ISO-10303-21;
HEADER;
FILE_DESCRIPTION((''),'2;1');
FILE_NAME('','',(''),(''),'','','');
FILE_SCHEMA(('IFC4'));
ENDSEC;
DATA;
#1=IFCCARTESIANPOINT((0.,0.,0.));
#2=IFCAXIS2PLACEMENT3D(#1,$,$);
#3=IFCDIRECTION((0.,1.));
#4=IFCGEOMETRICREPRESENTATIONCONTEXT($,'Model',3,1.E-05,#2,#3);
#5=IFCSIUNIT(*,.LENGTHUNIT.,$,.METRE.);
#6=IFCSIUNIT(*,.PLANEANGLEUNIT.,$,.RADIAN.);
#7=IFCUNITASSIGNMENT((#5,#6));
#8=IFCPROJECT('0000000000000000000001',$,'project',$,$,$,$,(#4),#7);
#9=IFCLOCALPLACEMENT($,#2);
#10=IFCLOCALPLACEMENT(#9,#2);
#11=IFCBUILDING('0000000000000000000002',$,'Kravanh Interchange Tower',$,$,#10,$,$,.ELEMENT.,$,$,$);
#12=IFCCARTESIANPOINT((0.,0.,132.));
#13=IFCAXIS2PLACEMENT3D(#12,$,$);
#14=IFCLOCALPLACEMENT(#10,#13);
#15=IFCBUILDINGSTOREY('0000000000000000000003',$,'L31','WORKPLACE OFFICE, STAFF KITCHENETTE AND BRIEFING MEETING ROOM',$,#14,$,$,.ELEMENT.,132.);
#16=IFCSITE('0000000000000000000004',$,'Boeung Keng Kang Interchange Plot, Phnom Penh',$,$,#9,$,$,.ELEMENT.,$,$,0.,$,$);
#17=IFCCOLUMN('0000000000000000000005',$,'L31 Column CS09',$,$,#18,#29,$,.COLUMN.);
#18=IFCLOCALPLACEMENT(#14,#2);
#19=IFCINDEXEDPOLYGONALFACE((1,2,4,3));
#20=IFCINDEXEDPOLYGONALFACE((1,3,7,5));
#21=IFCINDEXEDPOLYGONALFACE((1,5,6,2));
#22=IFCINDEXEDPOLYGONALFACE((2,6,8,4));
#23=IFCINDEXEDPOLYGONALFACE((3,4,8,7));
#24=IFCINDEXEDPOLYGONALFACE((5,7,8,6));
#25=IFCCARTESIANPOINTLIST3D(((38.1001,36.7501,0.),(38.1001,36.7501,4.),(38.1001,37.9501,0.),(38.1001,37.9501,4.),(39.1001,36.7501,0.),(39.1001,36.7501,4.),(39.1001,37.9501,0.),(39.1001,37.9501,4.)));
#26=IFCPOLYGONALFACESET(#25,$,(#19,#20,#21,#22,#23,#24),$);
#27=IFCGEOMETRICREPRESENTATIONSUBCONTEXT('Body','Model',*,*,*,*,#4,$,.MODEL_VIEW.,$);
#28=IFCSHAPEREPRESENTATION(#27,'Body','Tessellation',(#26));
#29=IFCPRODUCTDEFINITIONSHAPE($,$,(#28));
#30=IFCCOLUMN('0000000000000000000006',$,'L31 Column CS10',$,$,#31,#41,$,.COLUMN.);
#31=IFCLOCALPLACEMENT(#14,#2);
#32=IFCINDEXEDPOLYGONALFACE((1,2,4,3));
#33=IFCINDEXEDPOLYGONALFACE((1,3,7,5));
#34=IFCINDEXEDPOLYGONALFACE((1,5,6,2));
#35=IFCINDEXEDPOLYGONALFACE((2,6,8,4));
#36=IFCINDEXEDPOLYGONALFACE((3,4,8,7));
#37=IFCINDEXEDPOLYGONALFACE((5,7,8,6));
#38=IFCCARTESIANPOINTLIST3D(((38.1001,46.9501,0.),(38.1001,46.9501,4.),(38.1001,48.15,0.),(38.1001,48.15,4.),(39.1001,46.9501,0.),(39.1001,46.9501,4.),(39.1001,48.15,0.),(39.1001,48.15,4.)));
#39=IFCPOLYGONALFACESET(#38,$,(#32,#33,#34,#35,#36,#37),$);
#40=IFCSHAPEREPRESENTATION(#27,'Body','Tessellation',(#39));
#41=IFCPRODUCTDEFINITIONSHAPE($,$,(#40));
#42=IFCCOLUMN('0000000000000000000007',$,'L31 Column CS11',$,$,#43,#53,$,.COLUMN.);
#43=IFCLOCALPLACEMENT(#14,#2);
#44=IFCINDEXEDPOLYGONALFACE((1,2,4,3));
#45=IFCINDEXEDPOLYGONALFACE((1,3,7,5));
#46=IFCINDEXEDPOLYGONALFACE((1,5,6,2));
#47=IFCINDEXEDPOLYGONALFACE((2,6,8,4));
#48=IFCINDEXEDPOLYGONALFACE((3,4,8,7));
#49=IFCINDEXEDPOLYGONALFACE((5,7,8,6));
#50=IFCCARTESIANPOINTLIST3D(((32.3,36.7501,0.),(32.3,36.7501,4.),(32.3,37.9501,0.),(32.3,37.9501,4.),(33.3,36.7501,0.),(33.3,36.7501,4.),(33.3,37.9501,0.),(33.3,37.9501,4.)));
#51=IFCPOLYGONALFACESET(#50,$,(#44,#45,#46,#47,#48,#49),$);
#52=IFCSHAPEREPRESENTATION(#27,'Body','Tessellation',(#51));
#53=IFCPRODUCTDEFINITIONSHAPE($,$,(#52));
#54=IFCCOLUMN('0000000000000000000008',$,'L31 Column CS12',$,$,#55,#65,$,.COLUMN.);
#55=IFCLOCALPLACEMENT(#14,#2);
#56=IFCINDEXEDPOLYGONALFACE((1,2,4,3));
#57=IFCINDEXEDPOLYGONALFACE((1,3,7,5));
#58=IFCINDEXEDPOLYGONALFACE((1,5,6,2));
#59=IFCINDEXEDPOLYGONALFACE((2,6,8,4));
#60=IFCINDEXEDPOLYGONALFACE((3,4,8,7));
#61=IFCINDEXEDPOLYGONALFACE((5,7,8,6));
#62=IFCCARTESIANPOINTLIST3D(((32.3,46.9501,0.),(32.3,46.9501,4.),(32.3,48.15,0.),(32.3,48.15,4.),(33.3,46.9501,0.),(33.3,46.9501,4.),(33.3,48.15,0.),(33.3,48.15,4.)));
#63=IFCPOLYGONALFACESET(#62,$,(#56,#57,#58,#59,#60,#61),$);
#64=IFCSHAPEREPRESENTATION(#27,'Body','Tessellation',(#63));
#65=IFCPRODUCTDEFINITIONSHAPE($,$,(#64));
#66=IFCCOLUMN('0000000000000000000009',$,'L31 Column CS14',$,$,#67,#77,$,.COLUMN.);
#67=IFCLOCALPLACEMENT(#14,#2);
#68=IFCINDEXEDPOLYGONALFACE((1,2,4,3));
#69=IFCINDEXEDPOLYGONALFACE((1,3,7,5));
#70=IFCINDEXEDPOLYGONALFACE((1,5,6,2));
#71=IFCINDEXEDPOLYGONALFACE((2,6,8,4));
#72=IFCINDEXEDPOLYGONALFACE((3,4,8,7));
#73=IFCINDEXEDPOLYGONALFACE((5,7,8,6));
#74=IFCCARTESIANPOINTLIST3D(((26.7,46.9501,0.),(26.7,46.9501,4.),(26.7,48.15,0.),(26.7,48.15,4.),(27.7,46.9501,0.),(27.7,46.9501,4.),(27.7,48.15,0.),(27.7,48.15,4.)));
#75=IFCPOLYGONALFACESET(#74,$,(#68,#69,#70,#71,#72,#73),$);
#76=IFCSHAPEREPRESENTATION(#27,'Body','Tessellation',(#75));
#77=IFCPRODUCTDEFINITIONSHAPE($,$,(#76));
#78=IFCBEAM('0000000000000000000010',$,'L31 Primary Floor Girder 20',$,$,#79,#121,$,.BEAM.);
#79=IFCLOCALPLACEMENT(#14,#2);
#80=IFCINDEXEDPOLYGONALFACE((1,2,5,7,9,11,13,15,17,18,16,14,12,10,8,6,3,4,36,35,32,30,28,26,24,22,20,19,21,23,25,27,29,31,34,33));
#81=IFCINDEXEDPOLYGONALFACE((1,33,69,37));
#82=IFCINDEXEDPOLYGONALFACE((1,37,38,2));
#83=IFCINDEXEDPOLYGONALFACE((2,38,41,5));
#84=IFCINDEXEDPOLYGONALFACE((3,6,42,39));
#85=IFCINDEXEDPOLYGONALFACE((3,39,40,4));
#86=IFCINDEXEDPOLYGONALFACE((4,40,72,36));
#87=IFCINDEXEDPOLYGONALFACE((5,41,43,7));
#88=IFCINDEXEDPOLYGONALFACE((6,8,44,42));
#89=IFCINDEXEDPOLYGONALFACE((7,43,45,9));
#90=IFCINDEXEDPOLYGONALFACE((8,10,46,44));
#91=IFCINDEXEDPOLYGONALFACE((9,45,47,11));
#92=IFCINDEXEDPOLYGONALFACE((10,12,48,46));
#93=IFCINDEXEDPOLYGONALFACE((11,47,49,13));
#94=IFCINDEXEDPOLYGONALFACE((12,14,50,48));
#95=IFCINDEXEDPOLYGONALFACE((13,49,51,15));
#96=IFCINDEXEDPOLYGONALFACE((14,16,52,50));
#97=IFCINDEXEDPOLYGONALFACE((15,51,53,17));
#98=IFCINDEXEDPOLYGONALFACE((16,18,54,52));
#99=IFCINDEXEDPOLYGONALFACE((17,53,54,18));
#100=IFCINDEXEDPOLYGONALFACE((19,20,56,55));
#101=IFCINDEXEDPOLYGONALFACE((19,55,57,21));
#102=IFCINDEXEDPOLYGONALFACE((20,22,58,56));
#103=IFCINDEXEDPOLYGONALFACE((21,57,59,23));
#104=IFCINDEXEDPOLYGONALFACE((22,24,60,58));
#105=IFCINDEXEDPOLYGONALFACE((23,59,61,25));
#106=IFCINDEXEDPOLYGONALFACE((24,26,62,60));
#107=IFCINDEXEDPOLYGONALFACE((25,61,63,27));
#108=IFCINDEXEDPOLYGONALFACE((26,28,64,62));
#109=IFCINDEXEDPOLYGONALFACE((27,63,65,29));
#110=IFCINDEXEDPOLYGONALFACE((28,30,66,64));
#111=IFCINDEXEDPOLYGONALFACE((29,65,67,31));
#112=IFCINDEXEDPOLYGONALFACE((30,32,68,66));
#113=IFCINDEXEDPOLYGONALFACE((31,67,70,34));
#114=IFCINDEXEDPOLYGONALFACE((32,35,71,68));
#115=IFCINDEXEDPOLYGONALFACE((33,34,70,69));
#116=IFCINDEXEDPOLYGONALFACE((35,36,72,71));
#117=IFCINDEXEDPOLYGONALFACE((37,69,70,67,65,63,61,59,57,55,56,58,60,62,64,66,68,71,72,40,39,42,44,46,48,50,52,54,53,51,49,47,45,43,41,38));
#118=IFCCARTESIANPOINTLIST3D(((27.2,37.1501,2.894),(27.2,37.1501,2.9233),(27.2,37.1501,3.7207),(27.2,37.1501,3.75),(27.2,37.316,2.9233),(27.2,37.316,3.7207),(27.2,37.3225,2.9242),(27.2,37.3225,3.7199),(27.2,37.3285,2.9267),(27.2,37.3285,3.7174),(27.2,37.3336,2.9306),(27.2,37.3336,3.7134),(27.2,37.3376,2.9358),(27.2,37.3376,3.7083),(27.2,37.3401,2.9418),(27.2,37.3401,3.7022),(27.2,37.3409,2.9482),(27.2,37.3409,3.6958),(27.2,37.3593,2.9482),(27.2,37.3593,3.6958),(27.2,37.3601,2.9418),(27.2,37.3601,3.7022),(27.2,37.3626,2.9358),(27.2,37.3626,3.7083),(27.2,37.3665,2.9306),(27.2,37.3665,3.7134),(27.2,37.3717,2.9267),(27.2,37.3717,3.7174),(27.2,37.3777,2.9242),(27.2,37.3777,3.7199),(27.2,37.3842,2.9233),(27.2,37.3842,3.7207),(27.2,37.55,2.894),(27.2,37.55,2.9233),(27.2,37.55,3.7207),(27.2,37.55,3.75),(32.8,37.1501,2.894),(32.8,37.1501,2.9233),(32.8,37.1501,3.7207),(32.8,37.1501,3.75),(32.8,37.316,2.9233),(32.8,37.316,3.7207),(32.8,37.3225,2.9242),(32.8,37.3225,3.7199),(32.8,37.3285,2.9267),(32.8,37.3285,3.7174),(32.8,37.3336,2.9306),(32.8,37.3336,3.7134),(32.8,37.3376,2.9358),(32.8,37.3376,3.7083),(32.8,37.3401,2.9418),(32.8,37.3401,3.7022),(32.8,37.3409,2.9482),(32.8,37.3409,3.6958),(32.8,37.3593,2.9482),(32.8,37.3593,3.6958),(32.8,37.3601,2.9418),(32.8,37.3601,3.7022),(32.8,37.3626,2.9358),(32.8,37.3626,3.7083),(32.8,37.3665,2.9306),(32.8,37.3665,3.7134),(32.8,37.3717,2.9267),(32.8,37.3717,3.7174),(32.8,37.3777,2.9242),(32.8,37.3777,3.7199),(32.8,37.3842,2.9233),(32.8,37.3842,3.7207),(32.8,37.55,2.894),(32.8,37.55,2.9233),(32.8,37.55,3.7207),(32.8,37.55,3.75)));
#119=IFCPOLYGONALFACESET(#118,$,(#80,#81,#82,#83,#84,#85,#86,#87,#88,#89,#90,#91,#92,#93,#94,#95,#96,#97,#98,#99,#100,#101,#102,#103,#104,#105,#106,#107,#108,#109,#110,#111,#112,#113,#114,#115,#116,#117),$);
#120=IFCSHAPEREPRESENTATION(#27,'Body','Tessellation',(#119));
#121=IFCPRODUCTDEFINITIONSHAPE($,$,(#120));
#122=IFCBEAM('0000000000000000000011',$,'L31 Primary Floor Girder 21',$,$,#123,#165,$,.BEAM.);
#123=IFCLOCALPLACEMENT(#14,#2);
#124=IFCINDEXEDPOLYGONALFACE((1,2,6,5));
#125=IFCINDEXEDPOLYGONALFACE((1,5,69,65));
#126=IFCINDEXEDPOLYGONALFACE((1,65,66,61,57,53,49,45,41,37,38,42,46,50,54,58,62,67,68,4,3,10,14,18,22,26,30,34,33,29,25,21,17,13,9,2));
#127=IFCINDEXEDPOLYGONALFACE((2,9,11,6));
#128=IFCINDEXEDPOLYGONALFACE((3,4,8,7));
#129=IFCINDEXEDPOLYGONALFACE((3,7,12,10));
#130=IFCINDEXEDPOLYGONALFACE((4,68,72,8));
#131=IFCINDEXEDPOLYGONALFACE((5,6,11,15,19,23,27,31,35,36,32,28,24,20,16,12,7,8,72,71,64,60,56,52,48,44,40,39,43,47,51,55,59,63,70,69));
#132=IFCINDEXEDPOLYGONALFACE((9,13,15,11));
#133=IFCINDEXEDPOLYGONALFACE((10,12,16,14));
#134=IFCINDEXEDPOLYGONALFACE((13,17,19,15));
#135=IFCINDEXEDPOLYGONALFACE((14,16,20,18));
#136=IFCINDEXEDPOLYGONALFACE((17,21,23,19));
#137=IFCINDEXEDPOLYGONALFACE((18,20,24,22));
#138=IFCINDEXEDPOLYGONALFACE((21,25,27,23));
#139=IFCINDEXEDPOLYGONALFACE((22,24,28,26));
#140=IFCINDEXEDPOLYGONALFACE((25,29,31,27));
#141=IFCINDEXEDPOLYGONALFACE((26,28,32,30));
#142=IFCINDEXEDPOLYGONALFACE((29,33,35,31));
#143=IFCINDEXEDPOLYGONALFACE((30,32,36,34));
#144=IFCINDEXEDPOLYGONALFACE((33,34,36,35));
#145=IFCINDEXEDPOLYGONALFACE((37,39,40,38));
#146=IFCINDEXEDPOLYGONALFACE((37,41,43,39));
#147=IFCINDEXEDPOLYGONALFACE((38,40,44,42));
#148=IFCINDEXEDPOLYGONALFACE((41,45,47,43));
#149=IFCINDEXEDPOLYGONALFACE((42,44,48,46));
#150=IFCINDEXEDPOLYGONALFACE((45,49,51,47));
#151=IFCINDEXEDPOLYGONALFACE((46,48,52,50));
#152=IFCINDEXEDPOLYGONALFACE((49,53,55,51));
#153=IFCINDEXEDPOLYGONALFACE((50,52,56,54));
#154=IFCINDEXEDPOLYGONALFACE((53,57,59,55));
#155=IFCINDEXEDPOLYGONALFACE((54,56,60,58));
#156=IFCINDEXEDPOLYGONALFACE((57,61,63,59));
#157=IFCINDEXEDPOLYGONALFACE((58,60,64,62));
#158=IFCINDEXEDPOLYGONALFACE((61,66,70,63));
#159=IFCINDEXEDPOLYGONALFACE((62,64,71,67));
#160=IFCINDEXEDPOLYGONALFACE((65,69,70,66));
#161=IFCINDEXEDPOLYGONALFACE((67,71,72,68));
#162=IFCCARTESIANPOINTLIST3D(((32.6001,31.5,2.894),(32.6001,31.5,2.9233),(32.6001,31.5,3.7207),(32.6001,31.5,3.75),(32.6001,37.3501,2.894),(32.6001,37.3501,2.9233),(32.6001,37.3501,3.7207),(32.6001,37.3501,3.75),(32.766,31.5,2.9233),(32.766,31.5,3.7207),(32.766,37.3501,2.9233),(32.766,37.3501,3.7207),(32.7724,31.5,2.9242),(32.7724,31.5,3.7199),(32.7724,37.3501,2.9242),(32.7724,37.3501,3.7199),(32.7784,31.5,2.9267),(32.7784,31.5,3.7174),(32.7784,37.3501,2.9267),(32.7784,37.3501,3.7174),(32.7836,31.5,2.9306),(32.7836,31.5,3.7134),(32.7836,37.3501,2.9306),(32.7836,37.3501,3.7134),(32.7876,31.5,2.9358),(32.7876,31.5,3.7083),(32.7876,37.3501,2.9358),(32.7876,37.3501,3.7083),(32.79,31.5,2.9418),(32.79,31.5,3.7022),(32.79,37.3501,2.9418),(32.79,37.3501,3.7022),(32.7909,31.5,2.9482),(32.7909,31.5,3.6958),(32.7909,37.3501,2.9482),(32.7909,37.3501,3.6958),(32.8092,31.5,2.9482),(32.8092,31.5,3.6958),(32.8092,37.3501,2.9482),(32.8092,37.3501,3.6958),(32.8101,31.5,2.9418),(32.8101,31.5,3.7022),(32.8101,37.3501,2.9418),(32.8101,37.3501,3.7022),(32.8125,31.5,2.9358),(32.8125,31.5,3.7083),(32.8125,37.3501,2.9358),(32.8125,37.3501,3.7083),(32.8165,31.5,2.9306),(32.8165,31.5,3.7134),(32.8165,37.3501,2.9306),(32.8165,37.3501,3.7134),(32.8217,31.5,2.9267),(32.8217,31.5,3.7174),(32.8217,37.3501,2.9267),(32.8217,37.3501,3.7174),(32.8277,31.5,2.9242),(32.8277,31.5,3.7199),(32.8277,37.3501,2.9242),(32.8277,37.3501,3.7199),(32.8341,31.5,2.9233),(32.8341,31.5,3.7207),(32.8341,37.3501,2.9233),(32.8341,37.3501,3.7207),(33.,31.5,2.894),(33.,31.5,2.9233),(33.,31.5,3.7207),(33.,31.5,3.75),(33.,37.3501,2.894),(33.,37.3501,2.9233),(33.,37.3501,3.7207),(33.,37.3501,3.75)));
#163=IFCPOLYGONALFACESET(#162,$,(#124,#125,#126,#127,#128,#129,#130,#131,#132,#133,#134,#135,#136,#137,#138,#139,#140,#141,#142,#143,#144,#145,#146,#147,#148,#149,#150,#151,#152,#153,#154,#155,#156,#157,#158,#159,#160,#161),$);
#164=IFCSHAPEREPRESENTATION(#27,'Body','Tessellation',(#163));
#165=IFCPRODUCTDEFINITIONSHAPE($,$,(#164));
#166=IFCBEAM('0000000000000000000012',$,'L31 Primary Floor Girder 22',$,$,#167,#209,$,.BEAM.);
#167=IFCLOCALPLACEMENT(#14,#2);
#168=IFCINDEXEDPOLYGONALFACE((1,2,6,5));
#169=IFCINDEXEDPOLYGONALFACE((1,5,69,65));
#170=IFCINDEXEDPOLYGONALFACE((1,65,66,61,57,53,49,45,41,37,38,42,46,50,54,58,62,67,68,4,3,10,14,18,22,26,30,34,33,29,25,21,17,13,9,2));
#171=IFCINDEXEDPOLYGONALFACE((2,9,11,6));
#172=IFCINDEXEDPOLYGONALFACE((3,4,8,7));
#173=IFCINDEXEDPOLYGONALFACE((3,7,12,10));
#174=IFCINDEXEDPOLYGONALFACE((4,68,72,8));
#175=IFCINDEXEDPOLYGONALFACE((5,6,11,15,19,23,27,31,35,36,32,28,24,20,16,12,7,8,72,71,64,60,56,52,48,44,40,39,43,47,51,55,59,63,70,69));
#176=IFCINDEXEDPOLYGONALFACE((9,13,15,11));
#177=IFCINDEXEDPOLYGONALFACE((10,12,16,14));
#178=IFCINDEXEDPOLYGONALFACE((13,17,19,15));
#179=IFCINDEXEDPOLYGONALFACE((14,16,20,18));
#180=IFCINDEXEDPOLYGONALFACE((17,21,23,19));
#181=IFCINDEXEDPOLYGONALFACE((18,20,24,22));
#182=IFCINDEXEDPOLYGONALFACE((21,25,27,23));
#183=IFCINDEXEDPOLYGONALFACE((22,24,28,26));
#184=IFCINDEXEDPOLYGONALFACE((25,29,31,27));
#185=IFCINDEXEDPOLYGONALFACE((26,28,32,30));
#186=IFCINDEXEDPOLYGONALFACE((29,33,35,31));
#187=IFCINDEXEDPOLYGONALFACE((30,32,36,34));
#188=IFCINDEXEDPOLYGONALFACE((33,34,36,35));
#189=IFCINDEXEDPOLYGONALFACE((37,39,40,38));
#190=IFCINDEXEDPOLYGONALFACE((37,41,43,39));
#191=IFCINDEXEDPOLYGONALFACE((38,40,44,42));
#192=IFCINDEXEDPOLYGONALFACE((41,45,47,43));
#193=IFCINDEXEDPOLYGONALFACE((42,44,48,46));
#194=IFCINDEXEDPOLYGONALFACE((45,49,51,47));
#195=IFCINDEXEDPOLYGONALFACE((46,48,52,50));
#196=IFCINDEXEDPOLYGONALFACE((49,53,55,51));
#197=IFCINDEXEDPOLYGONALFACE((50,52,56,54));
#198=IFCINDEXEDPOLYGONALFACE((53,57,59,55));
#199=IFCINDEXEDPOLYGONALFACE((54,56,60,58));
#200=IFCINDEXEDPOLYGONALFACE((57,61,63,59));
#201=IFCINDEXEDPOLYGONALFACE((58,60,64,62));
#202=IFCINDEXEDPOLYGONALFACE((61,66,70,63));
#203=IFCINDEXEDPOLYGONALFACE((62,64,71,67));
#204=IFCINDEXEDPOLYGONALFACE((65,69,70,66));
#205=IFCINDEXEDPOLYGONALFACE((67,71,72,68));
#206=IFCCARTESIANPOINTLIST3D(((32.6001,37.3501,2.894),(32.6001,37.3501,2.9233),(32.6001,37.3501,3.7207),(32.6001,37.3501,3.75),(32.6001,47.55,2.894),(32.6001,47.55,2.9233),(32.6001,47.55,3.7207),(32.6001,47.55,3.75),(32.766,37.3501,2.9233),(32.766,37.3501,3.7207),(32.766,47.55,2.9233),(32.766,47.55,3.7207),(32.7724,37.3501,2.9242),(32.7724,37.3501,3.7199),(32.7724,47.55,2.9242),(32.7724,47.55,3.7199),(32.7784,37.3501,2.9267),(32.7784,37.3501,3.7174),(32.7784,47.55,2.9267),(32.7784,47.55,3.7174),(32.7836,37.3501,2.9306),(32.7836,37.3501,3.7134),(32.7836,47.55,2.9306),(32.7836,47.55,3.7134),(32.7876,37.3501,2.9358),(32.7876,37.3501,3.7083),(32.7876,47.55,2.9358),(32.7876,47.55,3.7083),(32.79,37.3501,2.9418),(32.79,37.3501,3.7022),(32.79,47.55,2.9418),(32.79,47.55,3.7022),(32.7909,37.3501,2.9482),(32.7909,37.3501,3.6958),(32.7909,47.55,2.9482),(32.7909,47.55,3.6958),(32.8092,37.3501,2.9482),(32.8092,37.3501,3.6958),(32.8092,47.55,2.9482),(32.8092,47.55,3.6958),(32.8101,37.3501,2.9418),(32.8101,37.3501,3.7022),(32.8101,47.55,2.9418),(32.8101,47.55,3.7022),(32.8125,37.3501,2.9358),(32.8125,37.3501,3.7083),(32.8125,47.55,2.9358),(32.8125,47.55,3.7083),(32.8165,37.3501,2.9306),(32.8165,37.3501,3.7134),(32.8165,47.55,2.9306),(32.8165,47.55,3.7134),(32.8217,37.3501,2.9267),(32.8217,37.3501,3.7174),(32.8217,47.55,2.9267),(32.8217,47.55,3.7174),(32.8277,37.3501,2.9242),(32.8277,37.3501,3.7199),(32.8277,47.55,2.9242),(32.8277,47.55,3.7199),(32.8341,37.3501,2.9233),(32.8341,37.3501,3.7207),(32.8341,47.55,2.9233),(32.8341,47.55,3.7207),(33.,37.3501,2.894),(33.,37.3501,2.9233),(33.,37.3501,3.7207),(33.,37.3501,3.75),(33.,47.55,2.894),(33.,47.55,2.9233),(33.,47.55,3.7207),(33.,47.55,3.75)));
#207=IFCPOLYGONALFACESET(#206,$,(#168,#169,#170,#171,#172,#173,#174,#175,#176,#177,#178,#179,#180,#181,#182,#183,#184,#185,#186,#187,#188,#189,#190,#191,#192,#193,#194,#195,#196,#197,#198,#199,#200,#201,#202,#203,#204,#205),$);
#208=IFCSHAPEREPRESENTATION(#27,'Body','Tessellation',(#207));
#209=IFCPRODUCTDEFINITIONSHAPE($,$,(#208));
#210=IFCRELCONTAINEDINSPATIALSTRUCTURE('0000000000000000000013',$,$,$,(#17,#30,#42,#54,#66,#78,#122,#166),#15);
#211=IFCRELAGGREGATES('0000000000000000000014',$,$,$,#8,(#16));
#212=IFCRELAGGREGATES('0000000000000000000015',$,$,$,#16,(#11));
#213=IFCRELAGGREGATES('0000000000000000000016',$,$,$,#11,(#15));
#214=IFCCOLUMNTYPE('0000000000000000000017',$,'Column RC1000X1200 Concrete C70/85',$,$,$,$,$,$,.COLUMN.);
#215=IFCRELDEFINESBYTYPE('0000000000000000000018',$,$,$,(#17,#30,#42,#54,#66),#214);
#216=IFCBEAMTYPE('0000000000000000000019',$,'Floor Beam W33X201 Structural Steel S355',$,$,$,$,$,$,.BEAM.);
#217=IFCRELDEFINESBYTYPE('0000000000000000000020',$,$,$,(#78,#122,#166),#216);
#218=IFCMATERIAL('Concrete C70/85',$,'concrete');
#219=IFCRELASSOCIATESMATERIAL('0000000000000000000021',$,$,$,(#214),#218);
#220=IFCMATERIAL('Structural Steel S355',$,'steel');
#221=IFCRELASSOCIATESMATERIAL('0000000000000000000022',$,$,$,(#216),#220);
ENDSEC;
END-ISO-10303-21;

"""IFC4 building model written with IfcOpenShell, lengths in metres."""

from ifc_helpers import new_model, si_unit, direction, frame, origin, origin_2d, place, context, subcontext, project, spatial, rectangle, i_section, extrude, material, material_profile, profile_set, type_object, element, save


model = new_model("IFC4")

# Units and contexts
model_context = context("Model", 3, precision=1e-05, world=origin(), true_north=direction((0.0, 1.0)))
body_context = subcontext(model_context, "Body", "Model", "MODEL_VIEW")
ifc_project = project(units=[si_unit("LENGTHUNIT", "METRE"), si_unit("PLANEANGLEUNIT", "RADIAN")], contexts=[model_context])

# Site, building, storey
site_placement = place(None, origin())
site = spatial("IfcSite", under=ifc_project, at=site_placement, Name="Boeung Keng Kang Interchange Plot, Phnom Penh", CompositionType="ELEMENT", RefElevation=0.0)
building_placement = place(site_placement, origin())
building = spatial("IfcBuilding", under=site, at=building_placement, Name="Kravanh Interchange Tower", CompositionType="ELEMENT")
storey_placement = place(building_placement, frame((0.0, 0.0, 132.0)))
storey = spatial("IfcBuildingStorey", under=building, at=storey_placement, Name="L31", Description="WORKPLACE OFFICE, STAFF KITCHENETTE AND BRIEFING MEETING ROOM", CompositionType="ELEMENT", Elevation=132.0)

# Columns
ifc_material_1 = material(Name="Concrete C70/85", Category="concrete")
ifc_material_profile_1 = material_profile(ifc_material_1, rectangle(XDim=1.0, YDim=1.2, at=origin_2d()), Name="RC1000X1200")
ifc_profile_set_1 = profile_set([ifc_material_profile_1], Name="Concrete C70/85")
column_type = type_object("IfcColumnType", Name="Column RC1000X1200 Concrete C70/85", PredefinedType="COLUMN", material=ifc_profile_set_1)
for number, where, z_axis, x_axis, name in (
    (1, (38.6001, 37.3501, 0.0), (0.0, 0.0, 1.0), (1.0, 0.0, 0.0), "L31 Column CS09"),
    (2, (38.6001, 47.55, 0.0), (0.0, 0.0, 1.0), (1.0, 0.0, 0.0), "L31 Column CS10"),
    (3, (32.8, 37.3501, 0.0), (0.0, 0.0, 1.0), (1.0, 0.0, 0.0), "L31 Column CS11"),
    (4, (32.8, 47.55, 0.0), (0.0, 0.0, 1.0), (1.0, 0.0, 0.0), "L31 Column CS12"),
    (5, (27.2, 47.55, 0.0), (0.0, 0.0, 1.0), (1.0, 0.0, 0.0), "L31 Column CS14"),
):
    element("IfcColumn", number, at=place(storey_placement, frame(where, z_axis=z_axis, x_axis=x_axis)), inside=storey, type_object=column_type, Name=name, PredefinedType="COLUMN", context=body_context, shape_type="SweptSolid", body=[
        extrude(rectangle(XDim=1.0, YDim=1.2, at=origin_2d()), origin(), (0.0, 0.0, 1.0), 4.0),
    ])

# Beams
ifc_material_2 = material(Name="Structural Steel S355", Category="steel")
ifc_material_profile_2 = material_profile(ifc_material_2, i_section(OverallWidth=0.3999, OverallDepth=0.856, WebThickness=0.0183, FlangeThickness=0.0293, FilletRadius=0.0249, at=origin_2d()), Name="W33X201")
ifc_profile_set_2 = profile_set([ifc_material_profile_2], Name="Structural Steel S355")
beam_type = type_object("IfcBeamType", Name="Floor Beam W33X201 Structural Steel S355", PredefinedType="BEAM", material=ifc_profile_set_2)
beam_1_placement = place(storey_placement, frame((32.8, 37.3501, 3.322), z_axis=(-1.0, 0.0, 0.0), x_axis=(0.0, -1.0, 0.0)))
element("IfcBeam", 6, at=beam_1_placement, inside=storey, type_object=beam_type, Name="L31 Primary Floor Girder 20", PredefinedType="BEAM", context=body_context, shape_type="SweptSolid", body=[
    extrude(i_section(OverallWidth=0.3999, OverallDepth=0.856, WebThickness=0.0183, FlangeThickness=0.0293, FilletRadius=0.0249, at=origin_2d()), origin(), (0.0, 0.0, 1.0), 5.6001),
])
beam_2_placement = place(storey_placement, frame((32.8, 37.3501, 3.322), z_axis=(0.0, -1.0, 0.0), x_axis=(1.0, 0.0, 0.0)))
element("IfcBeam", 7, at=beam_2_placement, inside=storey, type_object=beam_type, Name="L31 Primary Floor Girder 21", PredefinedType="BEAM", context=body_context, shape_type="SweptSolid", body=[
    extrude(i_section(OverallWidth=0.3999, OverallDepth=0.856, WebThickness=0.0183, FlangeThickness=0.0293, FilletRadius=0.0249, at=origin_2d()), origin(), (0.0, 0.0, 1.0), 5.8501),
])
beam_3_placement = place(storey_placement, frame((32.8, 37.3501, 3.322), z_axis=(0.0, 1.0, 0.0), x_axis=(-1.0, 0.0, 0.0)))
element("IfcBeam", 8, at=beam_3_placement, inside=storey, type_object=beam_type, Name="L31 Primary Floor Girder 22", PredefinedType="BEAM", context=body_context, shape_type="SweptSolid", body=[
    extrude(i_section(OverallWidth=0.3999, OverallDepth=0.856, WebThickness=0.0183, FlangeThickness=0.0293, FilletRadius=0.0249, at=origin_2d()), origin(), (0.0, 0.0, 1.0), 10.2),
])

save(model, "model.ifc")
